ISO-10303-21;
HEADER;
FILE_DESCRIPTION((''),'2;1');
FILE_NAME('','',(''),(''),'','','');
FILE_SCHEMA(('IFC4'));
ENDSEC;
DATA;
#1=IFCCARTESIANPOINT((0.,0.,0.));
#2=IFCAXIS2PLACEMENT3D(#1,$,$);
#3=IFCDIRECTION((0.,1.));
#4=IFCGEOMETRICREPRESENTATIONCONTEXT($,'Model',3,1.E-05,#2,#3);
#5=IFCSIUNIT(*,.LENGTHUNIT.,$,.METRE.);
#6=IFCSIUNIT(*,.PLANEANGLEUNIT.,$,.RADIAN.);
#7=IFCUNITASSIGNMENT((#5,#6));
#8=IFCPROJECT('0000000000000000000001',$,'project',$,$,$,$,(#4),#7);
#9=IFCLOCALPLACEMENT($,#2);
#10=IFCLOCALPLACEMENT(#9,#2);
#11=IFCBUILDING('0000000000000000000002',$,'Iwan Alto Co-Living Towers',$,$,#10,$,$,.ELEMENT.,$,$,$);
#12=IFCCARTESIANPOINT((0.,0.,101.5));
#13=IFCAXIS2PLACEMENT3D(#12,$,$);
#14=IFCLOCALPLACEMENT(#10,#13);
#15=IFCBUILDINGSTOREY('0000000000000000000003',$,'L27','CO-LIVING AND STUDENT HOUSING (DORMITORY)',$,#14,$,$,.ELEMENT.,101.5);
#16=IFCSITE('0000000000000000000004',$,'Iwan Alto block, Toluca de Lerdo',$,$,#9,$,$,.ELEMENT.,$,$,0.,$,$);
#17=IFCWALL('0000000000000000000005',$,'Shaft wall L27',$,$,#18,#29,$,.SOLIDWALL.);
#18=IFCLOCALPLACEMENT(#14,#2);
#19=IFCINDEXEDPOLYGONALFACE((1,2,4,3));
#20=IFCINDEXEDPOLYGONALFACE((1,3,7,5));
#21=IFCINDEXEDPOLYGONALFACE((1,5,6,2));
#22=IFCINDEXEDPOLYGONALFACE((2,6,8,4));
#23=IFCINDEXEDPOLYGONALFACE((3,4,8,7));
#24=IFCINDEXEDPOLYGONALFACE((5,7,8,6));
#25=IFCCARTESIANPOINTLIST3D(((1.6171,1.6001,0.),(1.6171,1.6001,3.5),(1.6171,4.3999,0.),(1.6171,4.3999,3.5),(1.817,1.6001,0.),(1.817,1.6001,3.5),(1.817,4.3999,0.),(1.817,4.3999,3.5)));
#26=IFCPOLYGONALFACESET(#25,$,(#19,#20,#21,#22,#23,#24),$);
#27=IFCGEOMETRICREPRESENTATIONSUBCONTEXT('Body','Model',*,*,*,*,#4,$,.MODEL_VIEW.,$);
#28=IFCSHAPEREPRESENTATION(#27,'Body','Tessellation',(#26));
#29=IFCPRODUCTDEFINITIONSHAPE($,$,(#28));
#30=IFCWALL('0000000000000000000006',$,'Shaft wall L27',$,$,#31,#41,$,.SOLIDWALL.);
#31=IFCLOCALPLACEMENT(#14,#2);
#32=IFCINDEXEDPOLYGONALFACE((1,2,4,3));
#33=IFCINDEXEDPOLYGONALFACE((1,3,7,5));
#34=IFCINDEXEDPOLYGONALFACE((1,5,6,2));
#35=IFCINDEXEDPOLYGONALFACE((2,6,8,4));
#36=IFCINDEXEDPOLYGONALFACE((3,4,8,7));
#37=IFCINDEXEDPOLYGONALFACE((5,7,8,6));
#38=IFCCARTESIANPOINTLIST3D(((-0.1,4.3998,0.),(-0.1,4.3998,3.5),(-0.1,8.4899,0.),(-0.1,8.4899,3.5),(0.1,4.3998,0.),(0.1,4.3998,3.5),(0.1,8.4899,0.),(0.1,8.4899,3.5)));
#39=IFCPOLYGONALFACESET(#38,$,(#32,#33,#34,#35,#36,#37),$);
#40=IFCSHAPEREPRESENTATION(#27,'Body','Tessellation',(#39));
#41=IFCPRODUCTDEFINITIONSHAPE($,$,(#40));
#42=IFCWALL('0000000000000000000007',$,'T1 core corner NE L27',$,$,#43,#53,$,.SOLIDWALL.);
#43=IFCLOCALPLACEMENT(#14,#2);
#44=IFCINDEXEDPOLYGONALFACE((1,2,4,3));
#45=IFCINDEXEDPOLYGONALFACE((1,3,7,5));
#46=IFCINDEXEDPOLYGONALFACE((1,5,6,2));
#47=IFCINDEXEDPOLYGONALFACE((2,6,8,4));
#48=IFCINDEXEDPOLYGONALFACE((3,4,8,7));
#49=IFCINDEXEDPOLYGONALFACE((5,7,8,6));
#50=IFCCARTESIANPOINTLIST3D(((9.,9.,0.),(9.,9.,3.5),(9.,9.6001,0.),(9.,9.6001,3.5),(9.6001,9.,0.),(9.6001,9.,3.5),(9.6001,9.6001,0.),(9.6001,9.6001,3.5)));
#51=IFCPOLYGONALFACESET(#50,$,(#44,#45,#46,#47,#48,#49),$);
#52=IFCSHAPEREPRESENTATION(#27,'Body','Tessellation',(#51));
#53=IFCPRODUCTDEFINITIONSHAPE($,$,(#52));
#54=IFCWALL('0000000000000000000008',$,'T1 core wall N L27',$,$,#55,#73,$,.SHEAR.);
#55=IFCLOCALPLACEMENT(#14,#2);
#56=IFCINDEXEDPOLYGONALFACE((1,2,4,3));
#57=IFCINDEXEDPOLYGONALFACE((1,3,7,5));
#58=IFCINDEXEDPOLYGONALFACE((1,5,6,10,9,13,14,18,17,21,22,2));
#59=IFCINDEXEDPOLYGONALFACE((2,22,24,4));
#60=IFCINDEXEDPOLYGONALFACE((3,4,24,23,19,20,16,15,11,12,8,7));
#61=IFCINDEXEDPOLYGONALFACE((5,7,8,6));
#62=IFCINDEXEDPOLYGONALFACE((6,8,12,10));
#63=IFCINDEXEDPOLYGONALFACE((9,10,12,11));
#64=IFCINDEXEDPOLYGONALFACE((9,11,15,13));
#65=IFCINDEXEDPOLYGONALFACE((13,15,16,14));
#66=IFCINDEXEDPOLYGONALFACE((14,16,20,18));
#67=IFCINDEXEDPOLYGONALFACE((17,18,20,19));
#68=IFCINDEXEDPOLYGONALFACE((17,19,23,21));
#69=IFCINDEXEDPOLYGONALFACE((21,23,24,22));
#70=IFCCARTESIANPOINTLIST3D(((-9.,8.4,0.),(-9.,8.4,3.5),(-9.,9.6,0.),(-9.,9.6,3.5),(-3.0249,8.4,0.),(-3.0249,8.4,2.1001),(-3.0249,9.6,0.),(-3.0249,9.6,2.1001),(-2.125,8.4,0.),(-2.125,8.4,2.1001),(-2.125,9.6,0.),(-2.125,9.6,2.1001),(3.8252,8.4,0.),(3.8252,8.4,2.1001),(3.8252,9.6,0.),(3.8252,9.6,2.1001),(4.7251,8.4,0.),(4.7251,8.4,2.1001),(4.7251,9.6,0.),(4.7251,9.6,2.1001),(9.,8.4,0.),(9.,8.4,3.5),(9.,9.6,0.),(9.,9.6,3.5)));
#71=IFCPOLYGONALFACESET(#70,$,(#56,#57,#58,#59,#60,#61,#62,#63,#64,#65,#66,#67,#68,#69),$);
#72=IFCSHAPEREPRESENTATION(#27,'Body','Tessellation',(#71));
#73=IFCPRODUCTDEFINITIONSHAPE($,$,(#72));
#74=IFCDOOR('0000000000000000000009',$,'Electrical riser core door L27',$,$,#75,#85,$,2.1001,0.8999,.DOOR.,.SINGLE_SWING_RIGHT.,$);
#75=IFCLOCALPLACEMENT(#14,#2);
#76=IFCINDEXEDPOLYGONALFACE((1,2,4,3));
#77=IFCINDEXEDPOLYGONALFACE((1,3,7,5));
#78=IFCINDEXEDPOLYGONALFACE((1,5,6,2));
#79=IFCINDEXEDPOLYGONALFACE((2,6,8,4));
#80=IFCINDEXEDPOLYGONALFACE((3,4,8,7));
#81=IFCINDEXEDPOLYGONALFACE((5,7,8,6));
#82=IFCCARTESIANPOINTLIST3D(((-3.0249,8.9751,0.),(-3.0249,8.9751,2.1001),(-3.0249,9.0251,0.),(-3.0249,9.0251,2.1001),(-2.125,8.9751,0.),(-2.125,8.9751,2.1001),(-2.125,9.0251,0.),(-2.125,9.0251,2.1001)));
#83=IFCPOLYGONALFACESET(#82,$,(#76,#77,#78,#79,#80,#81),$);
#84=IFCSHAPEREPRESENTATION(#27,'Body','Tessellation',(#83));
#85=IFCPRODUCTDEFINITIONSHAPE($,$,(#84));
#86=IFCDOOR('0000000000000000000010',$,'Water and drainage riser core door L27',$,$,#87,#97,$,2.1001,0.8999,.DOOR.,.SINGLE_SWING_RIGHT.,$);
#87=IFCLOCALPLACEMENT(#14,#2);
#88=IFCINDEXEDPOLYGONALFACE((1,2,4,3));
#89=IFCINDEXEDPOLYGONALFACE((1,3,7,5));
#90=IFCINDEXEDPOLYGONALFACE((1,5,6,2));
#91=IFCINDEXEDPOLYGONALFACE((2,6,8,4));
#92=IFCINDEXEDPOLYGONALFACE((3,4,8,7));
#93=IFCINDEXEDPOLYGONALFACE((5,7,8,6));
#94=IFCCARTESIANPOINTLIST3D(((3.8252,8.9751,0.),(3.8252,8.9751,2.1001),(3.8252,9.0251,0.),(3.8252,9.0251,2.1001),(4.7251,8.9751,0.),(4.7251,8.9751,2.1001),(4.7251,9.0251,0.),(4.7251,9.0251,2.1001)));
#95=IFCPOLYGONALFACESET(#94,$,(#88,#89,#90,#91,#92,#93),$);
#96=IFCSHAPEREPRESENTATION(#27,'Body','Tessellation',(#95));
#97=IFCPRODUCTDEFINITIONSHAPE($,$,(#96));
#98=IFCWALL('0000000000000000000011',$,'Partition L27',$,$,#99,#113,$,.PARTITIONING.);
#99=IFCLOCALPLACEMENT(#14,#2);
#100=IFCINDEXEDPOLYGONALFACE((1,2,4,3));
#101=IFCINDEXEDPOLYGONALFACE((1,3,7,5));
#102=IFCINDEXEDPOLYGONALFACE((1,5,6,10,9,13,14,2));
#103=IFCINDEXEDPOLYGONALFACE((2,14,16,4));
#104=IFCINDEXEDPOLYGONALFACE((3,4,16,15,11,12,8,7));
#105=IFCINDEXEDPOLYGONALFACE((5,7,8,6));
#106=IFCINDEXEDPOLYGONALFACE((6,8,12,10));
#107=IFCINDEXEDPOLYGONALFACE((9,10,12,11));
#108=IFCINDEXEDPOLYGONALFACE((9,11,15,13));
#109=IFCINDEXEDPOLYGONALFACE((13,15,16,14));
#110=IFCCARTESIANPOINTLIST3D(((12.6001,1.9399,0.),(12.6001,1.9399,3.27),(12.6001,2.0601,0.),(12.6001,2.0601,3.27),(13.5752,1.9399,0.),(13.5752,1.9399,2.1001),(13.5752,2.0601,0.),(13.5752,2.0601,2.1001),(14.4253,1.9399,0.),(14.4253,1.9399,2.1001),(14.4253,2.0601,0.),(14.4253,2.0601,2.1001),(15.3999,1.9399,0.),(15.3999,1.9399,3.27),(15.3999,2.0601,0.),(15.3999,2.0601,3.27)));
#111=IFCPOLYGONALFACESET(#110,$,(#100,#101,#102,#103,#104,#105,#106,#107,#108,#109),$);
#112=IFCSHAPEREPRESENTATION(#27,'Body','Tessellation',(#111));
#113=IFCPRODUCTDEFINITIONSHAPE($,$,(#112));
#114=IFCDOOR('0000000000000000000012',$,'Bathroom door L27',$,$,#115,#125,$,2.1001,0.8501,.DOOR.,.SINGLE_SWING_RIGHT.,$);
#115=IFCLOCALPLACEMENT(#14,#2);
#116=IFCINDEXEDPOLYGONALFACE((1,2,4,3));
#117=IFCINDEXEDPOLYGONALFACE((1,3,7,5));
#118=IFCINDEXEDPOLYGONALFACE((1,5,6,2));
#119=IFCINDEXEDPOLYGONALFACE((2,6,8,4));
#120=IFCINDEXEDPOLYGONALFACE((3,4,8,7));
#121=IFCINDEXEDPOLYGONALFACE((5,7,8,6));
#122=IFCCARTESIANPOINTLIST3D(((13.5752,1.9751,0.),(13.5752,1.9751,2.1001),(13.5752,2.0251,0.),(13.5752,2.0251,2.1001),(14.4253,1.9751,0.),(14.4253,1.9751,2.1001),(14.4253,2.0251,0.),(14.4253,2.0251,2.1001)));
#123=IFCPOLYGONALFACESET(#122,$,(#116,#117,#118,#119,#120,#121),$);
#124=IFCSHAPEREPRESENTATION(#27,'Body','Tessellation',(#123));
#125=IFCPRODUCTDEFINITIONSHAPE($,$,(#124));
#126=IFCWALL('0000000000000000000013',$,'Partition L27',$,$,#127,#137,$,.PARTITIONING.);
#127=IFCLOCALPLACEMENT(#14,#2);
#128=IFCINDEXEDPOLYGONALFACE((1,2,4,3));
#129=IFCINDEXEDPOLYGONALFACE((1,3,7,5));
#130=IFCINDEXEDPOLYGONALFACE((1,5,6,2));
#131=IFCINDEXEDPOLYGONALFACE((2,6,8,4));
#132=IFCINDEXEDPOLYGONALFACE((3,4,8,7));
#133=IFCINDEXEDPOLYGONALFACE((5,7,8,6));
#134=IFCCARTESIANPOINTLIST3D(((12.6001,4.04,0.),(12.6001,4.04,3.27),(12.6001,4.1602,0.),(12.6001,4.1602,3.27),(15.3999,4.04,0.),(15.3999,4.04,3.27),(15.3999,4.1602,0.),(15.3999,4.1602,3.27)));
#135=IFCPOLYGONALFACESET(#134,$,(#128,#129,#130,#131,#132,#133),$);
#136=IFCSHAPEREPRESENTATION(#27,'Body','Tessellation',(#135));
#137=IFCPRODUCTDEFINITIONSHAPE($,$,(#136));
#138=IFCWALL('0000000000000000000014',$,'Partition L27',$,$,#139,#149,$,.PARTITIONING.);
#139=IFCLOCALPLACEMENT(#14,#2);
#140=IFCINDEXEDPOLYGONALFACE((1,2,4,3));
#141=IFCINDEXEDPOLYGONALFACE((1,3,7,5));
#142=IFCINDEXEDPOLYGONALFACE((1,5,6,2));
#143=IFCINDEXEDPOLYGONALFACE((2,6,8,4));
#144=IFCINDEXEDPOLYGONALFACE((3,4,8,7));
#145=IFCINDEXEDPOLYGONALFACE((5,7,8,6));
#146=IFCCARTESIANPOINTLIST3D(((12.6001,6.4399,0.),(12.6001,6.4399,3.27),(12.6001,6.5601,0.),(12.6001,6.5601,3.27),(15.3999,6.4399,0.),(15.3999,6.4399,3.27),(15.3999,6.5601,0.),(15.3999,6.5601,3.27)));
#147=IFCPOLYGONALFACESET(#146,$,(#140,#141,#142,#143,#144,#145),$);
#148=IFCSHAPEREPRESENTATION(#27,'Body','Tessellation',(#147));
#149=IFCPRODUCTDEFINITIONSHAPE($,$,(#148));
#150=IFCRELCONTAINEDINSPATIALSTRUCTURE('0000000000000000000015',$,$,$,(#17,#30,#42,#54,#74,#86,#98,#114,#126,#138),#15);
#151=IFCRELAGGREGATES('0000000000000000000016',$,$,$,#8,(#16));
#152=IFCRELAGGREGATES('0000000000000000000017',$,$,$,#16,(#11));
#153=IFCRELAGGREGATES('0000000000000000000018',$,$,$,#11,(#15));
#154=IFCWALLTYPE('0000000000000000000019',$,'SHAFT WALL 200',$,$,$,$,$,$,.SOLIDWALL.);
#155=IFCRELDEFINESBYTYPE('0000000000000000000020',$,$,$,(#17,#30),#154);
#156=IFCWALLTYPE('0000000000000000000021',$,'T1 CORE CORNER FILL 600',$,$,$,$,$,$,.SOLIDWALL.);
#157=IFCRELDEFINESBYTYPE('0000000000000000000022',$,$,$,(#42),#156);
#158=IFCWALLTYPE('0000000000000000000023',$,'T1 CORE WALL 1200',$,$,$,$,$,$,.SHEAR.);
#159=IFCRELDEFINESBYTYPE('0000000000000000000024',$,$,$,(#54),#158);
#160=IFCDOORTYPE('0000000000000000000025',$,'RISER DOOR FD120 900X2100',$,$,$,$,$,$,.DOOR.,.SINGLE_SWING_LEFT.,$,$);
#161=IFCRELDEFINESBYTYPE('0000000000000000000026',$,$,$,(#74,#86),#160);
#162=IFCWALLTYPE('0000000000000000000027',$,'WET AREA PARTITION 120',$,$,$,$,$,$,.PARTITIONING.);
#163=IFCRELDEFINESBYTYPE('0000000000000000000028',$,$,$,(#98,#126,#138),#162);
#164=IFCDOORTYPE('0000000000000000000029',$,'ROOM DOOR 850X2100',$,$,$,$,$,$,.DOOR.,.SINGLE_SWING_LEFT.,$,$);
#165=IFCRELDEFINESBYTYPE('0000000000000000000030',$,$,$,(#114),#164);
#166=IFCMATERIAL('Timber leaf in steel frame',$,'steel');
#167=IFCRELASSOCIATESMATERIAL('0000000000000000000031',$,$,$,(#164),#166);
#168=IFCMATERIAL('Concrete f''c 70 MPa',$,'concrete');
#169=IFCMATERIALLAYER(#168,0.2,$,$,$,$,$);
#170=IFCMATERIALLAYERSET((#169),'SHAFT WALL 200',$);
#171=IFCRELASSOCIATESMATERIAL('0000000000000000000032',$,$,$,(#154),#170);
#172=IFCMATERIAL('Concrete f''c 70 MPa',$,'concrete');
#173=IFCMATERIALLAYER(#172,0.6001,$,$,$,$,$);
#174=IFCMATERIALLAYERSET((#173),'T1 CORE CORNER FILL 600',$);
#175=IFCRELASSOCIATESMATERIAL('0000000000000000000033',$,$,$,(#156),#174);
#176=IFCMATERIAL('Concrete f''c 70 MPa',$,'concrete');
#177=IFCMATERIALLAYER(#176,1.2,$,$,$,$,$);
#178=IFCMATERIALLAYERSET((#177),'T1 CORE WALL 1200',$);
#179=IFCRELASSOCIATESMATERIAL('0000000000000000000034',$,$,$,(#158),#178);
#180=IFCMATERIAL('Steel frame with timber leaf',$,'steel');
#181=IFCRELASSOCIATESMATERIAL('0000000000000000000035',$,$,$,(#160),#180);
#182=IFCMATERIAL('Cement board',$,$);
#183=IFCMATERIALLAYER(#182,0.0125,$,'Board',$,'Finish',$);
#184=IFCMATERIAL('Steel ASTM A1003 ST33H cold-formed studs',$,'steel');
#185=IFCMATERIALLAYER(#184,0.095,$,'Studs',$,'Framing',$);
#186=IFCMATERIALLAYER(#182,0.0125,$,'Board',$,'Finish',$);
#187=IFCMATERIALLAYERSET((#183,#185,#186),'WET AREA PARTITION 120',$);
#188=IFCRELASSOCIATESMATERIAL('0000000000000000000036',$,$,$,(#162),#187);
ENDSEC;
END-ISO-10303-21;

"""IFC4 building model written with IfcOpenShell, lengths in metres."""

from ifc_helpers import new_model, si_unit, direction, frame, frame_2d, origin, place, context, subcontext, project, spatial, rectangle, extrude, material, layer, layer_set, type_object, element, fill, save


model = new_model("IFC4")

# Units and contexts
model_context = context("Model", 3, precision=1e-05, world=origin(), true_north=direction((0.0, 1.0)))
body_context = subcontext(model_context, "Body", "Model", "MODEL_VIEW")
ifc_project = project(units=[si_unit("LENGTHUNIT", "METRE"), si_unit("PLANEANGLEUNIT", "RADIAN")], contexts=[model_context])

# Site, building, storey
site_placement = place(None, origin())
site = spatial("IfcSite", under=ifc_project, at=site_placement, Name="Iwan Alto block, Toluca de Lerdo", CompositionType="ELEMENT", RefElevation=0.0)
building_placement = place(site_placement, origin())
building = spatial("IfcBuilding", under=site, at=building_placement, Name="Iwan Alto Co-Living Towers", CompositionType="ELEMENT")
storey_placement = place(building_placement, frame((0.0, 0.0, 101.5)))
storey = spatial("IfcBuildingStorey", under=building, at=storey_placement, Name="L27", Description="CO-LIVING AND STUDENT HOUSING (DORMITORY)", CompositionType="ELEMENT", Elevation=101.5)

# Shared definitions
ifc_material_1 = material(Name="Steel ASTM A1003 ST33H cold-formed studs", Category="steel")

# Shared definitions
ifc_material_2 = material(Name="Timber leaf in steel frame", Category="steel")
door_type_1 = type_object("IfcDoorType", Name="ROOM DOOR 850X2100", OperationType="SINGLE_SWING_LEFT", PredefinedType="DOOR", material=ifc_material_2)

# Walls
ifc_material_3 = material(Name="Concrete f'c 70 MPa", Category="concrete")
ifc_layer_1 = layer(ifc_material_3, 0.2)
ifc_layer_set_1 = layer_set([ifc_layer_1], Name="SHAFT WALL 200")
wall_type_1 = type_object("IfcWallType", Name="SHAFT WALL 200", PredefinedType="SOLIDWALL", material=ifc_layer_set_1)
wall_1_placement = place(storey_placement, frame((1.717, 1.6001, 0.0), z_axis=(0.0, 0.0, 1.0), x_axis=(0.0, 1.0, 0.0)))
element("IfcWall", 1, at=wall_1_placement, inside=storey, type_object=wall_type_1, Name="Shaft wall L27", PredefinedType="SOLIDWALL", context=body_context, shape_type="SweptSolid", body=[
    extrude(rectangle(XDim=2.7998, YDim=0.2, at=frame_2d((1.3999, 0.0))), origin(), (0.0, 0.0, 1.0), 3.5),
])
wall_2_placement = place(storey_placement, frame((0.0, 4.3999, 0.0), z_axis=(0.0, 0.0, 1.0), x_axis=(0.0, 1.0, 0.0)))
element("IfcWall", 2, at=wall_2_placement, inside=storey, type_object=wall_type_1, Name="Shaft wall L27", PredefinedType="SOLIDWALL", context=body_context, shape_type="SweptSolid", body=[
    extrude(rectangle(XDim=4.0901, YDim=0.2, at=frame_2d((2.0449, 0.0))), origin(), (0.0, 0.0, 1.0), 3.5),
])
ifc_material_4 = material(Name="Concrete f'c 70 MPa", Category="concrete")
ifc_layer_2 = layer(ifc_material_4, 0.6001)
ifc_layer_set_2 = layer_set([ifc_layer_2], Name="T1 CORE CORNER FILL 600")
wall_type_2 = type_object("IfcWallType", Name="T1 CORE CORNER FILL 600", PredefinedType="SOLIDWALL", material=ifc_layer_set_2)
wall_3_placement = place(storey_placement, frame((9.0, 9.3, 0.0), z_axis=(0.0, 0.0, 1.0), x_axis=(1.0, 0.0, 0.0)))
element("IfcWall", 3, at=wall_3_placement, inside=storey, type_object=wall_type_2, Name="T1 core corner NE L27", PredefinedType="SOLIDWALL", context=body_context, shape_type="SweptSolid", body=[
    extrude(rectangle(XDim=0.6001, YDim=0.6001, at=frame_2d((0.3, 0.0))), origin(), (0.0, 0.0, 1.0), 3.5),
])

# Wall, openings, doors
ifc_material_5 = material(Name="Concrete f'c 70 MPa", Category="concrete")
ifc_layer_3 = layer(ifc_material_5, 1.2)
ifc_layer_set_3 = layer_set([ifc_layer_3], Name="T1 CORE WALL 1200")
wall_type_3 = type_object("IfcWallType", Name="T1 CORE WALL 1200", PredefinedType="SHEAR", material=ifc_layer_set_3)
wall_4_placement = place(storey_placement, frame((9.0, 9.0, 0.0), z_axis=(0.0, 0.0, 1.0), x_axis=(-1.0, 0.0, 0.0)))
wall_4 = element("IfcWall", 4, at=wall_4_placement, inside=storey, type_object=wall_type_3, Name="T1 core wall N L27", PredefinedType="SHEAR", context=body_context, shape_type="SweptSolid", body=[
    extrude(rectangle(XDim=18.0, YDim=1.2, at=frame_2d((9.0, 0.0))), origin(), (0.0, 0.0, 1.0), 3.5),
])
opening_1_placement = place(wall_4_placement, frame((11.125, 0.0, 0.0)))
opening_1 = element("IfcOpeningElement", 5, at=opening_1_placement, cuts=wall_4, PredefinedType="OPENING", context=body_context, shape_type="SweptSolid", body=[
    extrude(rectangle(XDim=0.8999, YDim=2.1001, at=frame_2d((0.45, 1.05))), frame((0.0, 0.6099, 0.0), z_axis=(0.0, -1.0, 0.0), x_axis=(1.0, 0.0, 0.0)), (0.0, 0.0, 1.0), 1.22),
])
opening_2_placement = place(wall_4_placement, frame((4.2749, 0.0, 0.0)))
opening_2 = element("IfcOpeningElement", 6, at=opening_2_placement, cuts=wall_4, PredefinedType="OPENING", context=body_context, shape_type="SweptSolid", body=[
    extrude(rectangle(XDim=0.8999, YDim=2.1001, at=frame_2d((0.45, 1.05))), frame((0.0, 0.6099, 0.0), z_axis=(0.0, -1.0, 0.0), x_axis=(1.0, 0.0, 0.0)), (0.0, 0.0, 1.0), 1.22),
])
ifc_material_6 = material(Name="Steel frame with timber leaf", Category="steel")
door_type_2 = type_object("IfcDoorType", Name="RISER DOOR FD120 900X2100", OperationType="SINGLE_SWING_LEFT", PredefinedType="DOOR", material=ifc_material_6)
door_1_placement = place(opening_1_placement, origin())
door_1 = element("IfcDoor", 7, at=door_1_placement, inside=storey, type_object=door_type_2, Name="Electrical riser core door L27", OperationType="SINGLE_SWING_RIGHT", OverallHeight=2.1001, OverallWidth=0.8999, PredefinedType="DOOR", context=body_context, shape_type="SweptSolid", body=[
    extrude(rectangle(XDim=0.8999, YDim=2.1001, at=frame_2d((0.45, 1.05))), frame((0.0, 0.0249, 0.0), z_axis=(0.0, -1.0, 0.0), x_axis=(1.0, 0.0, 0.0)), (0.0, 0.0, 1.0), 0.05),
])
fill(opening_1, door_1)
door_2_placement = place(opening_2_placement, origin())
door_2 = element("IfcDoor", 8, at=door_2_placement, inside=storey, type_object=door_type_2, Name="Water and drainage riser core door L27", OperationType="SINGLE_SWING_RIGHT", OverallHeight=2.1001, OverallWidth=0.8999, PredefinedType="DOOR", context=body_context, shape_type="SweptSolid", body=[
    extrude(rectangle(XDim=0.8999, YDim=2.1001, at=frame_2d((0.45, 1.05))), frame((0.0, 0.0249, 0.0), z_axis=(0.0, -1.0, 0.0), x_axis=(1.0, 0.0, 0.0)), (0.0, 0.0, 1.0), 0.05),
])
fill(opening_2, door_2)

# Wall, opening, door
ifc_material_7 = material(Name="Cement board")
ifc_layer_4 = layer(ifc_material_7, 0.0125, Name="Board", Category="Finish")
ifc_layer_5 = layer(ifc_material_1, 0.095, Name="Studs", Category="Framing")
ifc_layer_6 = layer(ifc_material_7, 0.0125, Name="Board", Category="Finish")
ifc_layer_set_4 = layer_set([ifc_layer_4, ifc_layer_5, ifc_layer_6], Name="WET AREA PARTITION 120")
wall_type_4 = type_object("IfcWallType", Name="WET AREA PARTITION 120", PredefinedType="PARTITIONING", material=ifc_layer_set_4)
wall_5_placement = place(storey_placement, frame((12.6001, 2.0, 0.0), z_axis=(0.0, 0.0, 1.0), x_axis=(1.0, 0.0, 0.0)))
wall_5 = element("IfcWall", 9, at=wall_5_placement, inside=storey, type_object=wall_type_4, Name="Partition L27", PredefinedType="PARTITIONING", context=body_context, shape_type="SweptSolid", body=[
    extrude(rectangle(XDim=2.7998, YDim=0.1201, at=frame_2d((1.3999, 0.0))), origin(), (0.0, 0.0, 1.0), 3.27),
])
opening_3_placement = place(wall_5_placement, frame((0.9751, 0.0, 0.0)))
opening_3 = element("IfcOpeningElement", 10, at=opening_3_placement, cuts=wall_5, PredefinedType="OPENING", context=body_context, shape_type="SweptSolid", body=[
    extrude(rectangle(XDim=0.8501, YDim=2.1001, at=frame_2d((0.425, 1.05))), frame((0.0, 0.0701, 0.0), z_axis=(0.0, -1.0, 0.0), x_axis=(1.0, 0.0, 0.0)), (0.0, 0.0, 1.0), 0.1401),
])
door_3_placement = place(opening_3_placement, frame((0.8501, 0.0, 0.0), z_axis=(0.0, 0.0, 1.0), x_axis=(-1.0, 0.0, 0.0)))
door_3 = element("IfcDoor", 11, at=door_3_placement, inside=storey, type_object=door_type_1, Name="Bathroom door L27", OperationType="SINGLE_SWING_RIGHT", OverallHeight=2.1001, OverallWidth=0.8501, PredefinedType="DOOR", context=body_context, shape_type="SweptSolid", body=[
    extrude(rectangle(XDim=0.8501, YDim=2.1001, at=frame_2d((0.425, 1.05))), frame((0.0, 0.0249, 0.0), z_axis=(0.0, -1.0, 0.0), x_axis=(1.0, 0.0, 0.0)), (0.0, 0.0, 1.0), 0.05),
])
fill(opening_3, door_3)

# Walls
for number, where, z_axis, x_axis, name in (
    (12, (12.6001, 4.1001, 0.0), (0.0, 0.0, 1.0), (1.0, 0.0, 0.0), "Partition L27"),
    (13, (12.6001, 6.5, 0.0), (0.0, 0.0, 1.0), (1.0, 0.0, 0.0), "Partition L27"),
):
    element("IfcWall", number, at=place(storey_placement, frame(where, z_axis=z_axis, x_axis=x_axis)), inside=storey, type_object=wall_type_4, Name=name, PredefinedType="PARTITIONING", context=body_context, shape_type="SweptSolid", body=[
        extrude(rectangle(XDim=2.7998, YDim=0.1201, at=frame_2d((1.3999, 0.0))), origin(), (0.0, 0.0, 1.0), 3.27),
    ])

save(model, "model.ifc")
